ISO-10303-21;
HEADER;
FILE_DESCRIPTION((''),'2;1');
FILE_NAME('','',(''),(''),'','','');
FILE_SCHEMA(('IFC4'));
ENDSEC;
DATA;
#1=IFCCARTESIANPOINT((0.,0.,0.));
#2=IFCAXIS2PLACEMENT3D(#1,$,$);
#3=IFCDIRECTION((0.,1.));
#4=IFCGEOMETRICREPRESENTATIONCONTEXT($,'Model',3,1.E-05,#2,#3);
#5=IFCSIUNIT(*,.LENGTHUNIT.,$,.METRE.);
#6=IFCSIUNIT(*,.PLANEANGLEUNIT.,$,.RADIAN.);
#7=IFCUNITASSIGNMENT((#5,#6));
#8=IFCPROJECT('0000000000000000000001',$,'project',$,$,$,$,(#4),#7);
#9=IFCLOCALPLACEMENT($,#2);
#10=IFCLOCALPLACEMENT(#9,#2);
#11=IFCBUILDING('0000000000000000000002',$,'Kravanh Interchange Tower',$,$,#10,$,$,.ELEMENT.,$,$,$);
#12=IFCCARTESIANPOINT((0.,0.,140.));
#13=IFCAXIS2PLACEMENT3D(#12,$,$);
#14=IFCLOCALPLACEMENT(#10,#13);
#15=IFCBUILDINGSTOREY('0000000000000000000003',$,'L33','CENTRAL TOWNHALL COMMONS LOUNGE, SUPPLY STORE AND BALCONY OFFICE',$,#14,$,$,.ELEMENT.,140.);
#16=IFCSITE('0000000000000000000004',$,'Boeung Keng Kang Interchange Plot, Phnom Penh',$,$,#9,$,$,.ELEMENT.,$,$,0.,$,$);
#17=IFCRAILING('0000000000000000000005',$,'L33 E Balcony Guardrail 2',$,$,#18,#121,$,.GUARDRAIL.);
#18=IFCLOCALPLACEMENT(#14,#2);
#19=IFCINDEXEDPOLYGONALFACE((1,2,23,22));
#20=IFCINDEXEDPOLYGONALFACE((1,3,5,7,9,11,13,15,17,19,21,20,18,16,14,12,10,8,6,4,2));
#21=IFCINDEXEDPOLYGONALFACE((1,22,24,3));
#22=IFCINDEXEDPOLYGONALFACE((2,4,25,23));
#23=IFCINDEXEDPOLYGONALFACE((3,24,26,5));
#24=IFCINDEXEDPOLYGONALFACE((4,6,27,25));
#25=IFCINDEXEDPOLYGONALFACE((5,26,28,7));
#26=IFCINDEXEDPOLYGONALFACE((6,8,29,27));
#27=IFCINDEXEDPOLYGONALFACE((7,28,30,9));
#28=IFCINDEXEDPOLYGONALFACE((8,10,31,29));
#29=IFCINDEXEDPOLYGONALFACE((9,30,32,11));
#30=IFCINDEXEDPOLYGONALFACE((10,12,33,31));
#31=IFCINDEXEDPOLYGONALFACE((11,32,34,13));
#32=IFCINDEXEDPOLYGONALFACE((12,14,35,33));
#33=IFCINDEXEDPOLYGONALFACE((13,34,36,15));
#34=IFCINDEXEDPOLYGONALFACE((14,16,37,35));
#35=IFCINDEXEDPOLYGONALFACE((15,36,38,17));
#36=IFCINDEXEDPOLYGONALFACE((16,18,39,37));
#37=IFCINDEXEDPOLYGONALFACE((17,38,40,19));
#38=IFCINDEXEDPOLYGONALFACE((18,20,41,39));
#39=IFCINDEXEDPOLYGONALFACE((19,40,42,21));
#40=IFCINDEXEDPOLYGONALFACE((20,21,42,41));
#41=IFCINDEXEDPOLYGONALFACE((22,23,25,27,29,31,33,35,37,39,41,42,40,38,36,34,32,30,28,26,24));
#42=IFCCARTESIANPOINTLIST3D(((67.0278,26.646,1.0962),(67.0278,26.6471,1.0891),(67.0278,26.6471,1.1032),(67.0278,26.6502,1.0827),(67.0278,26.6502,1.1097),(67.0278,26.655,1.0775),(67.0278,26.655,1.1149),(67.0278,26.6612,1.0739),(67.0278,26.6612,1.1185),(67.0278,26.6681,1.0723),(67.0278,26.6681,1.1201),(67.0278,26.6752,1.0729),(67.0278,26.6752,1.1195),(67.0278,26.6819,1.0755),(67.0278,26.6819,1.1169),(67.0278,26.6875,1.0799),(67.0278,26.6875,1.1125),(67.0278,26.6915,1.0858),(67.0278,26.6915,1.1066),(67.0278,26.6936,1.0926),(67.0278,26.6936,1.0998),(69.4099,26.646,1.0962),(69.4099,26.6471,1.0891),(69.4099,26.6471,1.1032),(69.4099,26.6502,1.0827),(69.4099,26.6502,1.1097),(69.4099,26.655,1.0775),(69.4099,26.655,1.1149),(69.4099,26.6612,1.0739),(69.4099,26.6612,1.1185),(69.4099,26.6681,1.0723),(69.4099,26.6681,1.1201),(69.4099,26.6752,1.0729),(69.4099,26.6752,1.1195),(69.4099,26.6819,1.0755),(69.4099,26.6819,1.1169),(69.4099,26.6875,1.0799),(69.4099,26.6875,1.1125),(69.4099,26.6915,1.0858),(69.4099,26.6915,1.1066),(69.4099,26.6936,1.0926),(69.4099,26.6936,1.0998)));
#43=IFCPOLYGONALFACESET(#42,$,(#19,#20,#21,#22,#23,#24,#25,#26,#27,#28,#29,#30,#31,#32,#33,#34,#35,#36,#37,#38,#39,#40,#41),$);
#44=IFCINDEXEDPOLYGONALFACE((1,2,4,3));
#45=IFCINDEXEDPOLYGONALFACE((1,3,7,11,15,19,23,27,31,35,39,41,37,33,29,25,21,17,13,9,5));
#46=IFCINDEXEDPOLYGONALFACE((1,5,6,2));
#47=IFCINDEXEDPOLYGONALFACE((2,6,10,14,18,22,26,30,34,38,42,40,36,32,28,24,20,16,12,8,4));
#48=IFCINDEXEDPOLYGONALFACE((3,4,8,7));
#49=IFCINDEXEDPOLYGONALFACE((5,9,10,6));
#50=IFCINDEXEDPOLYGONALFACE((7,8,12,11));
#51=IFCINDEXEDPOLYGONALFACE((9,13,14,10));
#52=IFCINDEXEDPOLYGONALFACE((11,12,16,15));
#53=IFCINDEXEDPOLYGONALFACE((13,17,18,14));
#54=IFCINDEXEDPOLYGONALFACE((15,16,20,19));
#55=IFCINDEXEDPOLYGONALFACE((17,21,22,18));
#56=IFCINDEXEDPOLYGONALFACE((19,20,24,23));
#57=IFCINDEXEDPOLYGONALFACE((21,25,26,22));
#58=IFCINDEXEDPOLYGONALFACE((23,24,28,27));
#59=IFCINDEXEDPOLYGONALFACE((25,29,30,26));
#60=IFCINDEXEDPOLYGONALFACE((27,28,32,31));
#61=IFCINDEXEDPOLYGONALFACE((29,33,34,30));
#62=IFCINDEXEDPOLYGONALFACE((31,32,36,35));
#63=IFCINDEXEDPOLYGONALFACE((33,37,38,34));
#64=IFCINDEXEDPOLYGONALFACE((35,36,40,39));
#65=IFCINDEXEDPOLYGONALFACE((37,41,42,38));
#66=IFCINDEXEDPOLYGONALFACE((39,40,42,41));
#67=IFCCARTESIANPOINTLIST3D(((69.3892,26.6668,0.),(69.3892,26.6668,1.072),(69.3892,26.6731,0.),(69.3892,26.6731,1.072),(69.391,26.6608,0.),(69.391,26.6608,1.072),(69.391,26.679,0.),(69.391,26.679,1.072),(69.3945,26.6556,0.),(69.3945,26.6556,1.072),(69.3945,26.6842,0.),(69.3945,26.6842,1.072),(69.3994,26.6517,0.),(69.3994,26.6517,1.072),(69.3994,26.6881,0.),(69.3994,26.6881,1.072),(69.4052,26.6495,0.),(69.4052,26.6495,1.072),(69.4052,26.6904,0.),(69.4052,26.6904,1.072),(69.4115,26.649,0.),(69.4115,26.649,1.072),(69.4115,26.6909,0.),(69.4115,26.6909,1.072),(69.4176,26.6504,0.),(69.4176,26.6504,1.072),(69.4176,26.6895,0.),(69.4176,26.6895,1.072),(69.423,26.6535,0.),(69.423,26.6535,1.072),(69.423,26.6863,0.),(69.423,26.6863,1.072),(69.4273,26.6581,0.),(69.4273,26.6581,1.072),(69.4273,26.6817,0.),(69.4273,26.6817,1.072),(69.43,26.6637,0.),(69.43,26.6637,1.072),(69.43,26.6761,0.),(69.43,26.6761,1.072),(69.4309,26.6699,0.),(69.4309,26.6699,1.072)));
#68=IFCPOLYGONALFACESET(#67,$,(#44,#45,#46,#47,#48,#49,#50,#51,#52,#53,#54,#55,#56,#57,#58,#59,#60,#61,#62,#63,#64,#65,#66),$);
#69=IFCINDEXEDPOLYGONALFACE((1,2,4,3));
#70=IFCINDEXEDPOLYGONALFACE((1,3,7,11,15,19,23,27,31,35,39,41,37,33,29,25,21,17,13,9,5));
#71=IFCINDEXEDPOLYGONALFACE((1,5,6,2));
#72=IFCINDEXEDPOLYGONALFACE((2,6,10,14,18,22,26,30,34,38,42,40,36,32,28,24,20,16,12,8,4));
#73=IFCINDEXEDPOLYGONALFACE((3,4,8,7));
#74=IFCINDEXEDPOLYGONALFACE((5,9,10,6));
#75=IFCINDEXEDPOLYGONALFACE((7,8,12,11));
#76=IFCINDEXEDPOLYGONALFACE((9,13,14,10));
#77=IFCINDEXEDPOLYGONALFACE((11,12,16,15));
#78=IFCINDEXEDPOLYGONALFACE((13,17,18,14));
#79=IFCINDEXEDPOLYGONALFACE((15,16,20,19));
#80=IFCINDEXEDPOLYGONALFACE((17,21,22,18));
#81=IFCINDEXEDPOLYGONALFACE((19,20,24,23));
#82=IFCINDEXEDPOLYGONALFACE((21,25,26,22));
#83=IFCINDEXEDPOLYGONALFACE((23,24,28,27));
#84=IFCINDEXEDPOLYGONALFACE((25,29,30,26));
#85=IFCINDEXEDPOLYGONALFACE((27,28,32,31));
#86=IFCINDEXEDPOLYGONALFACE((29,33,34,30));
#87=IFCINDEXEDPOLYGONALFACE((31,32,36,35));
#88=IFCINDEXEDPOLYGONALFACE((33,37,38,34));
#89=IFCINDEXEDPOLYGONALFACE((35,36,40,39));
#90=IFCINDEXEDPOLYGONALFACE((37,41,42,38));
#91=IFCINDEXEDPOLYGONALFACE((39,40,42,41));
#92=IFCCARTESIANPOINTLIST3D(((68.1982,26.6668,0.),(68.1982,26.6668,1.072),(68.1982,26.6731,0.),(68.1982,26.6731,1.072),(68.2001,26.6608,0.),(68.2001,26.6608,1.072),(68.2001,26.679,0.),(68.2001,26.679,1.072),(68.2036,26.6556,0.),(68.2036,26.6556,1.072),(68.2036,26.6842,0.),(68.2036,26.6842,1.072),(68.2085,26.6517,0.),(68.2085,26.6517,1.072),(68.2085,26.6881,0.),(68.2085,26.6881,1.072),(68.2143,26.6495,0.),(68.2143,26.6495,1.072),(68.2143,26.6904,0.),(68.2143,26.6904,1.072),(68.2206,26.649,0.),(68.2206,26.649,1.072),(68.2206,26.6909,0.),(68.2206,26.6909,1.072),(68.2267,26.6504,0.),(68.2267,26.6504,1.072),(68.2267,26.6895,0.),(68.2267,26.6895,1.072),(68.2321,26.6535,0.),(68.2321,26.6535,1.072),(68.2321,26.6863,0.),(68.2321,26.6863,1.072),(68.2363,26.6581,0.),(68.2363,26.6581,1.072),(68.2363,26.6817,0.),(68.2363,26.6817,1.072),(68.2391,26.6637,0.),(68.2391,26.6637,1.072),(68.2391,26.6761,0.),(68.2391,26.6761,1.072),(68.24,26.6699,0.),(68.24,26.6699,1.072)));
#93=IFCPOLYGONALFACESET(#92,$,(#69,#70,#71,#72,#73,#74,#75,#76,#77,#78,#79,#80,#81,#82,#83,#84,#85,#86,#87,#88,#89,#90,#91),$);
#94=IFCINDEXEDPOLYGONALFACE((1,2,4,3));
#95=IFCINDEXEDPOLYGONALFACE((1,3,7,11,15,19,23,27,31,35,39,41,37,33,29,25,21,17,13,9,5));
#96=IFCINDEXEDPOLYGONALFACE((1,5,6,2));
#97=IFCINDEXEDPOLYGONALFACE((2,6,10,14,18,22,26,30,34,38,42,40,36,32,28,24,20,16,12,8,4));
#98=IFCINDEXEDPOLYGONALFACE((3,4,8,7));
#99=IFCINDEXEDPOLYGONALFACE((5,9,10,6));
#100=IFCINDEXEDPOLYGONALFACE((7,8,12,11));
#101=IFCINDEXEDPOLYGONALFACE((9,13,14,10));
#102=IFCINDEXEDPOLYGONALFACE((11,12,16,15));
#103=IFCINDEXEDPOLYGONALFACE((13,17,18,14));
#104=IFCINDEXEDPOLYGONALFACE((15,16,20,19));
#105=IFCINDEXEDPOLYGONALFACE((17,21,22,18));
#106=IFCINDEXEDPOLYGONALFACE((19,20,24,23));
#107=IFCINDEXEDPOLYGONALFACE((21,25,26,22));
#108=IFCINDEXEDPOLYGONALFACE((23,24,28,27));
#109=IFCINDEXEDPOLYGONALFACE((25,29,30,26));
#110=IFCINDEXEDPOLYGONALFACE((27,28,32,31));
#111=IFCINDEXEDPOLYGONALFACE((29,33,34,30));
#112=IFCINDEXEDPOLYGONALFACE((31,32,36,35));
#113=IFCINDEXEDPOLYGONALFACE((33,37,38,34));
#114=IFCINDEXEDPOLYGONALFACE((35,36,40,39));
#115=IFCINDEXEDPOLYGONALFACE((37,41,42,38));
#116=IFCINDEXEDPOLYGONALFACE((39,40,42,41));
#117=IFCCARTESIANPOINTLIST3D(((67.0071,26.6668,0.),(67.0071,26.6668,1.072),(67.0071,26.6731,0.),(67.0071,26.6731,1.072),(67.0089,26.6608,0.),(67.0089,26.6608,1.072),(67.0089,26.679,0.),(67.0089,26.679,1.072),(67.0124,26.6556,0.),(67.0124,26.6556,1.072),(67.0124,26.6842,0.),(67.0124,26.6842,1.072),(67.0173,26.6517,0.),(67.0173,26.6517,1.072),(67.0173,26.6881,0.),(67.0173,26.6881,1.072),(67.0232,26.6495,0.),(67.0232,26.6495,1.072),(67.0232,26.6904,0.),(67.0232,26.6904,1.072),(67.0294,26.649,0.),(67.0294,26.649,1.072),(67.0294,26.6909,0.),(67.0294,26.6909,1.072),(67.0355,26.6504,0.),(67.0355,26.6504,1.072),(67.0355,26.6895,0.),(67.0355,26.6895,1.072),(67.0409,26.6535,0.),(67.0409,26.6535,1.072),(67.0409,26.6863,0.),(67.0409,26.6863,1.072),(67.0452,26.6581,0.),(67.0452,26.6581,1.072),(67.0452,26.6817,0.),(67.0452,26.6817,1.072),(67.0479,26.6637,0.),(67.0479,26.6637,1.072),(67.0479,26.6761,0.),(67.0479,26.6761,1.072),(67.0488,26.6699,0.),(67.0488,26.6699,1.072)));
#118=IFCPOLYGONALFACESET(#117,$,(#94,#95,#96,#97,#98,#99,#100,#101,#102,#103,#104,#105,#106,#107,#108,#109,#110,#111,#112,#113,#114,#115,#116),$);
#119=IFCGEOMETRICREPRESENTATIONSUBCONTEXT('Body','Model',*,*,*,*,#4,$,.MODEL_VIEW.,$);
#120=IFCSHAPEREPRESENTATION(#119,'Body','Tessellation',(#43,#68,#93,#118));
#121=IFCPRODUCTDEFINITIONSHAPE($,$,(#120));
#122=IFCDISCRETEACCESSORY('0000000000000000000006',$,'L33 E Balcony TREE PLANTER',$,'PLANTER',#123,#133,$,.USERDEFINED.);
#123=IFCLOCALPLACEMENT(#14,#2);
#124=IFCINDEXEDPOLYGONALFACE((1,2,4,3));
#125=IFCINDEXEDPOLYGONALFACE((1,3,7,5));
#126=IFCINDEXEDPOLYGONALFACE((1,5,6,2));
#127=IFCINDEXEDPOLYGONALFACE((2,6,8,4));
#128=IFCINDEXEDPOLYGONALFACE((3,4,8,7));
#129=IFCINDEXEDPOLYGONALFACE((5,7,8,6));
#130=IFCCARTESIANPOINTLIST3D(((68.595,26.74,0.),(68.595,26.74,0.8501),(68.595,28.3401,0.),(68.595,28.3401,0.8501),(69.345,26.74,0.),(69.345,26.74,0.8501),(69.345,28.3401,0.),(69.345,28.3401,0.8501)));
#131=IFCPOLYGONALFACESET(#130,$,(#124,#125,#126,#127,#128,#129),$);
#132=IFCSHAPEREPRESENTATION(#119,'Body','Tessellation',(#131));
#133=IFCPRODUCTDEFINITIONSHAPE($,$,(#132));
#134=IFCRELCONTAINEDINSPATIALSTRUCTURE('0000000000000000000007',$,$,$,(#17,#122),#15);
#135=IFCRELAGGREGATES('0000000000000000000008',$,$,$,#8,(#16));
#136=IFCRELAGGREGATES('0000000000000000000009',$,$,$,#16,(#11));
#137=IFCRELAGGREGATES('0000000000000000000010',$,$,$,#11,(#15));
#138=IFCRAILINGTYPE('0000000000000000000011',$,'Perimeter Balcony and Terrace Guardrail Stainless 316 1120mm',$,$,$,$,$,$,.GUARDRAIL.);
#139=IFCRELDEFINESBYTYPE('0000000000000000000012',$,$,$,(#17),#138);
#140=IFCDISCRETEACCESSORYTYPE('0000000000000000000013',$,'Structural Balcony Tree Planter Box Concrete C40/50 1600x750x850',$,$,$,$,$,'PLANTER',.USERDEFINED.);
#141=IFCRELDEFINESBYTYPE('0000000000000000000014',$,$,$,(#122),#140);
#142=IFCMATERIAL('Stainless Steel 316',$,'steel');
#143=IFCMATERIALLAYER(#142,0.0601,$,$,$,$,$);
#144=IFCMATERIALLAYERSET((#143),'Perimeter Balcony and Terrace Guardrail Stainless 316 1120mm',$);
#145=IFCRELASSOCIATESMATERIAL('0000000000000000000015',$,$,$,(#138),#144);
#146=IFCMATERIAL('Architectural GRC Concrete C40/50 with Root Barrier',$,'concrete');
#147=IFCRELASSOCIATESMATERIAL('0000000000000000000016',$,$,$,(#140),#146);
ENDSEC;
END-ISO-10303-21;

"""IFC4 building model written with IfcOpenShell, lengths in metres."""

from ifc_helpers import new_model, si_unit, direction, frame, origin, origin_2d, place, context, subcontext, project, spatial, rectangle, circle, extrude, material, layer, layer_set, type_object, element, save


model = new_model("IFC4")

# Units and contexts
model_context = context("Model", 3, precision=1e-05, world=origin(), true_north=direction((0.0, 1.0)))
body_context = subcontext(model_context, "Body", "Model", "MODEL_VIEW")
ifc_project = project(units=[si_unit("LENGTHUNIT", "METRE"), si_unit("PLANEANGLEUNIT", "RADIAN")], contexts=[model_context])

# Site, building, storey
site_placement = place(None, origin())
site = spatial("IfcSite", under=ifc_project, at=site_placement, Name="Boeung Keng Kang Interchange Plot, Phnom Penh", CompositionType="ELEMENT", RefElevation=0.0)
building_placement = place(site_placement, origin())
building = spatial("IfcBuilding", under=site, at=building_placement, Name="Kravanh Interchange Tower", CompositionType="ELEMENT")
storey_placement = place(building_placement, frame((0.0, 0.0, 140.0)))
storey = spatial("IfcBuildingStorey", under=building, at=storey_placement, Name="L33", Description="CENTRAL TOWNHALL COMMONS LOUNGE, SUPPLY STORE AND BALCONY OFFICE", CompositionType="ELEMENT", Elevation=140.0)

# Railing
ifc_material_1 = material(Name="Stainless Steel 316", Category="steel")
ifc_layer = layer(ifc_material_1, 0.0601)
ifc_layer_set = layer_set([ifc_layer], Name="Perimeter Balcony and Terrace Guardrail Stainless 316 1120mm")
railing_type = type_object("IfcRailingType", Name="Perimeter Balcony and Terrace Guardrail Stainless 316 1120mm", PredefinedType="GUARDRAIL", material=ifc_layer_set)
railing_placement = place(storey_placement, frame((69.4099, 26.6699, 0.0)))
element("IfcRailing", 1, at=railing_placement, inside=storey, type_object=railing_type, Name="L33 E Balcony Guardrail 2", PredefinedType="GUARDRAIL", context=body_context, shape_type="SweptSolid", body=[
    extrude(circle(Radius=0.0239, at=origin_2d()), frame((0.0, 0.0, 1.0962), z_axis=(-1.0, 0.0, 0.0), x_axis=(0.0, -1.0, 0.0)), (0.0, 0.0, 1.0), 2.3821),
    extrude(circle(Radius=0.021, at=origin_2d()), origin(), (0.0, 0.0, 1.0), 1.072),
    extrude(circle(Radius=0.021, at=origin_2d()), frame((-1.1909, 0.0, 0.0)), (0.0, 0.0, 1.0), 1.072),
    extrude(circle(Radius=0.021, at=origin_2d()), frame((-2.3821, 0.0, 0.0)), (0.0, 0.0, 1.0), 1.072),
])

# Discrete accessory
ifc_material_2 = material(Name="Architectural GRC Concrete C40/50 with Root Barrier", Category="concrete")
discrete_accessory_type = type_object("IfcDiscreteAccessoryType", Name="Structural Balcony Tree Planter Box Concrete C40/50 1600x750x850", ElementType="PLANTER", PredefinedType="USERDEFINED", material=ifc_material_2)
discrete_accessory_placement = place(storey_placement, frame((68.97, 27.54, 0.0), z_axis=(0.0, 0.0, 1.0), x_axis=(1.0, 0.0, 0.0)))
element("IfcDiscreteAccessory", 2, at=discrete_accessory_placement, inside=storey, type_object=discrete_accessory_type, Name="L33 E Balcony TREE PLANTER", ObjectType="PLANTER", PredefinedType="USERDEFINED", context=body_context, shape_type="SweptSolid", body=[
    extrude(rectangle(XDim=0.75, YDim=1.6001, at=origin_2d()), origin(), (0.0, 0.0, 1.0), 0.8501),
])

save(model, "model.ifc")
